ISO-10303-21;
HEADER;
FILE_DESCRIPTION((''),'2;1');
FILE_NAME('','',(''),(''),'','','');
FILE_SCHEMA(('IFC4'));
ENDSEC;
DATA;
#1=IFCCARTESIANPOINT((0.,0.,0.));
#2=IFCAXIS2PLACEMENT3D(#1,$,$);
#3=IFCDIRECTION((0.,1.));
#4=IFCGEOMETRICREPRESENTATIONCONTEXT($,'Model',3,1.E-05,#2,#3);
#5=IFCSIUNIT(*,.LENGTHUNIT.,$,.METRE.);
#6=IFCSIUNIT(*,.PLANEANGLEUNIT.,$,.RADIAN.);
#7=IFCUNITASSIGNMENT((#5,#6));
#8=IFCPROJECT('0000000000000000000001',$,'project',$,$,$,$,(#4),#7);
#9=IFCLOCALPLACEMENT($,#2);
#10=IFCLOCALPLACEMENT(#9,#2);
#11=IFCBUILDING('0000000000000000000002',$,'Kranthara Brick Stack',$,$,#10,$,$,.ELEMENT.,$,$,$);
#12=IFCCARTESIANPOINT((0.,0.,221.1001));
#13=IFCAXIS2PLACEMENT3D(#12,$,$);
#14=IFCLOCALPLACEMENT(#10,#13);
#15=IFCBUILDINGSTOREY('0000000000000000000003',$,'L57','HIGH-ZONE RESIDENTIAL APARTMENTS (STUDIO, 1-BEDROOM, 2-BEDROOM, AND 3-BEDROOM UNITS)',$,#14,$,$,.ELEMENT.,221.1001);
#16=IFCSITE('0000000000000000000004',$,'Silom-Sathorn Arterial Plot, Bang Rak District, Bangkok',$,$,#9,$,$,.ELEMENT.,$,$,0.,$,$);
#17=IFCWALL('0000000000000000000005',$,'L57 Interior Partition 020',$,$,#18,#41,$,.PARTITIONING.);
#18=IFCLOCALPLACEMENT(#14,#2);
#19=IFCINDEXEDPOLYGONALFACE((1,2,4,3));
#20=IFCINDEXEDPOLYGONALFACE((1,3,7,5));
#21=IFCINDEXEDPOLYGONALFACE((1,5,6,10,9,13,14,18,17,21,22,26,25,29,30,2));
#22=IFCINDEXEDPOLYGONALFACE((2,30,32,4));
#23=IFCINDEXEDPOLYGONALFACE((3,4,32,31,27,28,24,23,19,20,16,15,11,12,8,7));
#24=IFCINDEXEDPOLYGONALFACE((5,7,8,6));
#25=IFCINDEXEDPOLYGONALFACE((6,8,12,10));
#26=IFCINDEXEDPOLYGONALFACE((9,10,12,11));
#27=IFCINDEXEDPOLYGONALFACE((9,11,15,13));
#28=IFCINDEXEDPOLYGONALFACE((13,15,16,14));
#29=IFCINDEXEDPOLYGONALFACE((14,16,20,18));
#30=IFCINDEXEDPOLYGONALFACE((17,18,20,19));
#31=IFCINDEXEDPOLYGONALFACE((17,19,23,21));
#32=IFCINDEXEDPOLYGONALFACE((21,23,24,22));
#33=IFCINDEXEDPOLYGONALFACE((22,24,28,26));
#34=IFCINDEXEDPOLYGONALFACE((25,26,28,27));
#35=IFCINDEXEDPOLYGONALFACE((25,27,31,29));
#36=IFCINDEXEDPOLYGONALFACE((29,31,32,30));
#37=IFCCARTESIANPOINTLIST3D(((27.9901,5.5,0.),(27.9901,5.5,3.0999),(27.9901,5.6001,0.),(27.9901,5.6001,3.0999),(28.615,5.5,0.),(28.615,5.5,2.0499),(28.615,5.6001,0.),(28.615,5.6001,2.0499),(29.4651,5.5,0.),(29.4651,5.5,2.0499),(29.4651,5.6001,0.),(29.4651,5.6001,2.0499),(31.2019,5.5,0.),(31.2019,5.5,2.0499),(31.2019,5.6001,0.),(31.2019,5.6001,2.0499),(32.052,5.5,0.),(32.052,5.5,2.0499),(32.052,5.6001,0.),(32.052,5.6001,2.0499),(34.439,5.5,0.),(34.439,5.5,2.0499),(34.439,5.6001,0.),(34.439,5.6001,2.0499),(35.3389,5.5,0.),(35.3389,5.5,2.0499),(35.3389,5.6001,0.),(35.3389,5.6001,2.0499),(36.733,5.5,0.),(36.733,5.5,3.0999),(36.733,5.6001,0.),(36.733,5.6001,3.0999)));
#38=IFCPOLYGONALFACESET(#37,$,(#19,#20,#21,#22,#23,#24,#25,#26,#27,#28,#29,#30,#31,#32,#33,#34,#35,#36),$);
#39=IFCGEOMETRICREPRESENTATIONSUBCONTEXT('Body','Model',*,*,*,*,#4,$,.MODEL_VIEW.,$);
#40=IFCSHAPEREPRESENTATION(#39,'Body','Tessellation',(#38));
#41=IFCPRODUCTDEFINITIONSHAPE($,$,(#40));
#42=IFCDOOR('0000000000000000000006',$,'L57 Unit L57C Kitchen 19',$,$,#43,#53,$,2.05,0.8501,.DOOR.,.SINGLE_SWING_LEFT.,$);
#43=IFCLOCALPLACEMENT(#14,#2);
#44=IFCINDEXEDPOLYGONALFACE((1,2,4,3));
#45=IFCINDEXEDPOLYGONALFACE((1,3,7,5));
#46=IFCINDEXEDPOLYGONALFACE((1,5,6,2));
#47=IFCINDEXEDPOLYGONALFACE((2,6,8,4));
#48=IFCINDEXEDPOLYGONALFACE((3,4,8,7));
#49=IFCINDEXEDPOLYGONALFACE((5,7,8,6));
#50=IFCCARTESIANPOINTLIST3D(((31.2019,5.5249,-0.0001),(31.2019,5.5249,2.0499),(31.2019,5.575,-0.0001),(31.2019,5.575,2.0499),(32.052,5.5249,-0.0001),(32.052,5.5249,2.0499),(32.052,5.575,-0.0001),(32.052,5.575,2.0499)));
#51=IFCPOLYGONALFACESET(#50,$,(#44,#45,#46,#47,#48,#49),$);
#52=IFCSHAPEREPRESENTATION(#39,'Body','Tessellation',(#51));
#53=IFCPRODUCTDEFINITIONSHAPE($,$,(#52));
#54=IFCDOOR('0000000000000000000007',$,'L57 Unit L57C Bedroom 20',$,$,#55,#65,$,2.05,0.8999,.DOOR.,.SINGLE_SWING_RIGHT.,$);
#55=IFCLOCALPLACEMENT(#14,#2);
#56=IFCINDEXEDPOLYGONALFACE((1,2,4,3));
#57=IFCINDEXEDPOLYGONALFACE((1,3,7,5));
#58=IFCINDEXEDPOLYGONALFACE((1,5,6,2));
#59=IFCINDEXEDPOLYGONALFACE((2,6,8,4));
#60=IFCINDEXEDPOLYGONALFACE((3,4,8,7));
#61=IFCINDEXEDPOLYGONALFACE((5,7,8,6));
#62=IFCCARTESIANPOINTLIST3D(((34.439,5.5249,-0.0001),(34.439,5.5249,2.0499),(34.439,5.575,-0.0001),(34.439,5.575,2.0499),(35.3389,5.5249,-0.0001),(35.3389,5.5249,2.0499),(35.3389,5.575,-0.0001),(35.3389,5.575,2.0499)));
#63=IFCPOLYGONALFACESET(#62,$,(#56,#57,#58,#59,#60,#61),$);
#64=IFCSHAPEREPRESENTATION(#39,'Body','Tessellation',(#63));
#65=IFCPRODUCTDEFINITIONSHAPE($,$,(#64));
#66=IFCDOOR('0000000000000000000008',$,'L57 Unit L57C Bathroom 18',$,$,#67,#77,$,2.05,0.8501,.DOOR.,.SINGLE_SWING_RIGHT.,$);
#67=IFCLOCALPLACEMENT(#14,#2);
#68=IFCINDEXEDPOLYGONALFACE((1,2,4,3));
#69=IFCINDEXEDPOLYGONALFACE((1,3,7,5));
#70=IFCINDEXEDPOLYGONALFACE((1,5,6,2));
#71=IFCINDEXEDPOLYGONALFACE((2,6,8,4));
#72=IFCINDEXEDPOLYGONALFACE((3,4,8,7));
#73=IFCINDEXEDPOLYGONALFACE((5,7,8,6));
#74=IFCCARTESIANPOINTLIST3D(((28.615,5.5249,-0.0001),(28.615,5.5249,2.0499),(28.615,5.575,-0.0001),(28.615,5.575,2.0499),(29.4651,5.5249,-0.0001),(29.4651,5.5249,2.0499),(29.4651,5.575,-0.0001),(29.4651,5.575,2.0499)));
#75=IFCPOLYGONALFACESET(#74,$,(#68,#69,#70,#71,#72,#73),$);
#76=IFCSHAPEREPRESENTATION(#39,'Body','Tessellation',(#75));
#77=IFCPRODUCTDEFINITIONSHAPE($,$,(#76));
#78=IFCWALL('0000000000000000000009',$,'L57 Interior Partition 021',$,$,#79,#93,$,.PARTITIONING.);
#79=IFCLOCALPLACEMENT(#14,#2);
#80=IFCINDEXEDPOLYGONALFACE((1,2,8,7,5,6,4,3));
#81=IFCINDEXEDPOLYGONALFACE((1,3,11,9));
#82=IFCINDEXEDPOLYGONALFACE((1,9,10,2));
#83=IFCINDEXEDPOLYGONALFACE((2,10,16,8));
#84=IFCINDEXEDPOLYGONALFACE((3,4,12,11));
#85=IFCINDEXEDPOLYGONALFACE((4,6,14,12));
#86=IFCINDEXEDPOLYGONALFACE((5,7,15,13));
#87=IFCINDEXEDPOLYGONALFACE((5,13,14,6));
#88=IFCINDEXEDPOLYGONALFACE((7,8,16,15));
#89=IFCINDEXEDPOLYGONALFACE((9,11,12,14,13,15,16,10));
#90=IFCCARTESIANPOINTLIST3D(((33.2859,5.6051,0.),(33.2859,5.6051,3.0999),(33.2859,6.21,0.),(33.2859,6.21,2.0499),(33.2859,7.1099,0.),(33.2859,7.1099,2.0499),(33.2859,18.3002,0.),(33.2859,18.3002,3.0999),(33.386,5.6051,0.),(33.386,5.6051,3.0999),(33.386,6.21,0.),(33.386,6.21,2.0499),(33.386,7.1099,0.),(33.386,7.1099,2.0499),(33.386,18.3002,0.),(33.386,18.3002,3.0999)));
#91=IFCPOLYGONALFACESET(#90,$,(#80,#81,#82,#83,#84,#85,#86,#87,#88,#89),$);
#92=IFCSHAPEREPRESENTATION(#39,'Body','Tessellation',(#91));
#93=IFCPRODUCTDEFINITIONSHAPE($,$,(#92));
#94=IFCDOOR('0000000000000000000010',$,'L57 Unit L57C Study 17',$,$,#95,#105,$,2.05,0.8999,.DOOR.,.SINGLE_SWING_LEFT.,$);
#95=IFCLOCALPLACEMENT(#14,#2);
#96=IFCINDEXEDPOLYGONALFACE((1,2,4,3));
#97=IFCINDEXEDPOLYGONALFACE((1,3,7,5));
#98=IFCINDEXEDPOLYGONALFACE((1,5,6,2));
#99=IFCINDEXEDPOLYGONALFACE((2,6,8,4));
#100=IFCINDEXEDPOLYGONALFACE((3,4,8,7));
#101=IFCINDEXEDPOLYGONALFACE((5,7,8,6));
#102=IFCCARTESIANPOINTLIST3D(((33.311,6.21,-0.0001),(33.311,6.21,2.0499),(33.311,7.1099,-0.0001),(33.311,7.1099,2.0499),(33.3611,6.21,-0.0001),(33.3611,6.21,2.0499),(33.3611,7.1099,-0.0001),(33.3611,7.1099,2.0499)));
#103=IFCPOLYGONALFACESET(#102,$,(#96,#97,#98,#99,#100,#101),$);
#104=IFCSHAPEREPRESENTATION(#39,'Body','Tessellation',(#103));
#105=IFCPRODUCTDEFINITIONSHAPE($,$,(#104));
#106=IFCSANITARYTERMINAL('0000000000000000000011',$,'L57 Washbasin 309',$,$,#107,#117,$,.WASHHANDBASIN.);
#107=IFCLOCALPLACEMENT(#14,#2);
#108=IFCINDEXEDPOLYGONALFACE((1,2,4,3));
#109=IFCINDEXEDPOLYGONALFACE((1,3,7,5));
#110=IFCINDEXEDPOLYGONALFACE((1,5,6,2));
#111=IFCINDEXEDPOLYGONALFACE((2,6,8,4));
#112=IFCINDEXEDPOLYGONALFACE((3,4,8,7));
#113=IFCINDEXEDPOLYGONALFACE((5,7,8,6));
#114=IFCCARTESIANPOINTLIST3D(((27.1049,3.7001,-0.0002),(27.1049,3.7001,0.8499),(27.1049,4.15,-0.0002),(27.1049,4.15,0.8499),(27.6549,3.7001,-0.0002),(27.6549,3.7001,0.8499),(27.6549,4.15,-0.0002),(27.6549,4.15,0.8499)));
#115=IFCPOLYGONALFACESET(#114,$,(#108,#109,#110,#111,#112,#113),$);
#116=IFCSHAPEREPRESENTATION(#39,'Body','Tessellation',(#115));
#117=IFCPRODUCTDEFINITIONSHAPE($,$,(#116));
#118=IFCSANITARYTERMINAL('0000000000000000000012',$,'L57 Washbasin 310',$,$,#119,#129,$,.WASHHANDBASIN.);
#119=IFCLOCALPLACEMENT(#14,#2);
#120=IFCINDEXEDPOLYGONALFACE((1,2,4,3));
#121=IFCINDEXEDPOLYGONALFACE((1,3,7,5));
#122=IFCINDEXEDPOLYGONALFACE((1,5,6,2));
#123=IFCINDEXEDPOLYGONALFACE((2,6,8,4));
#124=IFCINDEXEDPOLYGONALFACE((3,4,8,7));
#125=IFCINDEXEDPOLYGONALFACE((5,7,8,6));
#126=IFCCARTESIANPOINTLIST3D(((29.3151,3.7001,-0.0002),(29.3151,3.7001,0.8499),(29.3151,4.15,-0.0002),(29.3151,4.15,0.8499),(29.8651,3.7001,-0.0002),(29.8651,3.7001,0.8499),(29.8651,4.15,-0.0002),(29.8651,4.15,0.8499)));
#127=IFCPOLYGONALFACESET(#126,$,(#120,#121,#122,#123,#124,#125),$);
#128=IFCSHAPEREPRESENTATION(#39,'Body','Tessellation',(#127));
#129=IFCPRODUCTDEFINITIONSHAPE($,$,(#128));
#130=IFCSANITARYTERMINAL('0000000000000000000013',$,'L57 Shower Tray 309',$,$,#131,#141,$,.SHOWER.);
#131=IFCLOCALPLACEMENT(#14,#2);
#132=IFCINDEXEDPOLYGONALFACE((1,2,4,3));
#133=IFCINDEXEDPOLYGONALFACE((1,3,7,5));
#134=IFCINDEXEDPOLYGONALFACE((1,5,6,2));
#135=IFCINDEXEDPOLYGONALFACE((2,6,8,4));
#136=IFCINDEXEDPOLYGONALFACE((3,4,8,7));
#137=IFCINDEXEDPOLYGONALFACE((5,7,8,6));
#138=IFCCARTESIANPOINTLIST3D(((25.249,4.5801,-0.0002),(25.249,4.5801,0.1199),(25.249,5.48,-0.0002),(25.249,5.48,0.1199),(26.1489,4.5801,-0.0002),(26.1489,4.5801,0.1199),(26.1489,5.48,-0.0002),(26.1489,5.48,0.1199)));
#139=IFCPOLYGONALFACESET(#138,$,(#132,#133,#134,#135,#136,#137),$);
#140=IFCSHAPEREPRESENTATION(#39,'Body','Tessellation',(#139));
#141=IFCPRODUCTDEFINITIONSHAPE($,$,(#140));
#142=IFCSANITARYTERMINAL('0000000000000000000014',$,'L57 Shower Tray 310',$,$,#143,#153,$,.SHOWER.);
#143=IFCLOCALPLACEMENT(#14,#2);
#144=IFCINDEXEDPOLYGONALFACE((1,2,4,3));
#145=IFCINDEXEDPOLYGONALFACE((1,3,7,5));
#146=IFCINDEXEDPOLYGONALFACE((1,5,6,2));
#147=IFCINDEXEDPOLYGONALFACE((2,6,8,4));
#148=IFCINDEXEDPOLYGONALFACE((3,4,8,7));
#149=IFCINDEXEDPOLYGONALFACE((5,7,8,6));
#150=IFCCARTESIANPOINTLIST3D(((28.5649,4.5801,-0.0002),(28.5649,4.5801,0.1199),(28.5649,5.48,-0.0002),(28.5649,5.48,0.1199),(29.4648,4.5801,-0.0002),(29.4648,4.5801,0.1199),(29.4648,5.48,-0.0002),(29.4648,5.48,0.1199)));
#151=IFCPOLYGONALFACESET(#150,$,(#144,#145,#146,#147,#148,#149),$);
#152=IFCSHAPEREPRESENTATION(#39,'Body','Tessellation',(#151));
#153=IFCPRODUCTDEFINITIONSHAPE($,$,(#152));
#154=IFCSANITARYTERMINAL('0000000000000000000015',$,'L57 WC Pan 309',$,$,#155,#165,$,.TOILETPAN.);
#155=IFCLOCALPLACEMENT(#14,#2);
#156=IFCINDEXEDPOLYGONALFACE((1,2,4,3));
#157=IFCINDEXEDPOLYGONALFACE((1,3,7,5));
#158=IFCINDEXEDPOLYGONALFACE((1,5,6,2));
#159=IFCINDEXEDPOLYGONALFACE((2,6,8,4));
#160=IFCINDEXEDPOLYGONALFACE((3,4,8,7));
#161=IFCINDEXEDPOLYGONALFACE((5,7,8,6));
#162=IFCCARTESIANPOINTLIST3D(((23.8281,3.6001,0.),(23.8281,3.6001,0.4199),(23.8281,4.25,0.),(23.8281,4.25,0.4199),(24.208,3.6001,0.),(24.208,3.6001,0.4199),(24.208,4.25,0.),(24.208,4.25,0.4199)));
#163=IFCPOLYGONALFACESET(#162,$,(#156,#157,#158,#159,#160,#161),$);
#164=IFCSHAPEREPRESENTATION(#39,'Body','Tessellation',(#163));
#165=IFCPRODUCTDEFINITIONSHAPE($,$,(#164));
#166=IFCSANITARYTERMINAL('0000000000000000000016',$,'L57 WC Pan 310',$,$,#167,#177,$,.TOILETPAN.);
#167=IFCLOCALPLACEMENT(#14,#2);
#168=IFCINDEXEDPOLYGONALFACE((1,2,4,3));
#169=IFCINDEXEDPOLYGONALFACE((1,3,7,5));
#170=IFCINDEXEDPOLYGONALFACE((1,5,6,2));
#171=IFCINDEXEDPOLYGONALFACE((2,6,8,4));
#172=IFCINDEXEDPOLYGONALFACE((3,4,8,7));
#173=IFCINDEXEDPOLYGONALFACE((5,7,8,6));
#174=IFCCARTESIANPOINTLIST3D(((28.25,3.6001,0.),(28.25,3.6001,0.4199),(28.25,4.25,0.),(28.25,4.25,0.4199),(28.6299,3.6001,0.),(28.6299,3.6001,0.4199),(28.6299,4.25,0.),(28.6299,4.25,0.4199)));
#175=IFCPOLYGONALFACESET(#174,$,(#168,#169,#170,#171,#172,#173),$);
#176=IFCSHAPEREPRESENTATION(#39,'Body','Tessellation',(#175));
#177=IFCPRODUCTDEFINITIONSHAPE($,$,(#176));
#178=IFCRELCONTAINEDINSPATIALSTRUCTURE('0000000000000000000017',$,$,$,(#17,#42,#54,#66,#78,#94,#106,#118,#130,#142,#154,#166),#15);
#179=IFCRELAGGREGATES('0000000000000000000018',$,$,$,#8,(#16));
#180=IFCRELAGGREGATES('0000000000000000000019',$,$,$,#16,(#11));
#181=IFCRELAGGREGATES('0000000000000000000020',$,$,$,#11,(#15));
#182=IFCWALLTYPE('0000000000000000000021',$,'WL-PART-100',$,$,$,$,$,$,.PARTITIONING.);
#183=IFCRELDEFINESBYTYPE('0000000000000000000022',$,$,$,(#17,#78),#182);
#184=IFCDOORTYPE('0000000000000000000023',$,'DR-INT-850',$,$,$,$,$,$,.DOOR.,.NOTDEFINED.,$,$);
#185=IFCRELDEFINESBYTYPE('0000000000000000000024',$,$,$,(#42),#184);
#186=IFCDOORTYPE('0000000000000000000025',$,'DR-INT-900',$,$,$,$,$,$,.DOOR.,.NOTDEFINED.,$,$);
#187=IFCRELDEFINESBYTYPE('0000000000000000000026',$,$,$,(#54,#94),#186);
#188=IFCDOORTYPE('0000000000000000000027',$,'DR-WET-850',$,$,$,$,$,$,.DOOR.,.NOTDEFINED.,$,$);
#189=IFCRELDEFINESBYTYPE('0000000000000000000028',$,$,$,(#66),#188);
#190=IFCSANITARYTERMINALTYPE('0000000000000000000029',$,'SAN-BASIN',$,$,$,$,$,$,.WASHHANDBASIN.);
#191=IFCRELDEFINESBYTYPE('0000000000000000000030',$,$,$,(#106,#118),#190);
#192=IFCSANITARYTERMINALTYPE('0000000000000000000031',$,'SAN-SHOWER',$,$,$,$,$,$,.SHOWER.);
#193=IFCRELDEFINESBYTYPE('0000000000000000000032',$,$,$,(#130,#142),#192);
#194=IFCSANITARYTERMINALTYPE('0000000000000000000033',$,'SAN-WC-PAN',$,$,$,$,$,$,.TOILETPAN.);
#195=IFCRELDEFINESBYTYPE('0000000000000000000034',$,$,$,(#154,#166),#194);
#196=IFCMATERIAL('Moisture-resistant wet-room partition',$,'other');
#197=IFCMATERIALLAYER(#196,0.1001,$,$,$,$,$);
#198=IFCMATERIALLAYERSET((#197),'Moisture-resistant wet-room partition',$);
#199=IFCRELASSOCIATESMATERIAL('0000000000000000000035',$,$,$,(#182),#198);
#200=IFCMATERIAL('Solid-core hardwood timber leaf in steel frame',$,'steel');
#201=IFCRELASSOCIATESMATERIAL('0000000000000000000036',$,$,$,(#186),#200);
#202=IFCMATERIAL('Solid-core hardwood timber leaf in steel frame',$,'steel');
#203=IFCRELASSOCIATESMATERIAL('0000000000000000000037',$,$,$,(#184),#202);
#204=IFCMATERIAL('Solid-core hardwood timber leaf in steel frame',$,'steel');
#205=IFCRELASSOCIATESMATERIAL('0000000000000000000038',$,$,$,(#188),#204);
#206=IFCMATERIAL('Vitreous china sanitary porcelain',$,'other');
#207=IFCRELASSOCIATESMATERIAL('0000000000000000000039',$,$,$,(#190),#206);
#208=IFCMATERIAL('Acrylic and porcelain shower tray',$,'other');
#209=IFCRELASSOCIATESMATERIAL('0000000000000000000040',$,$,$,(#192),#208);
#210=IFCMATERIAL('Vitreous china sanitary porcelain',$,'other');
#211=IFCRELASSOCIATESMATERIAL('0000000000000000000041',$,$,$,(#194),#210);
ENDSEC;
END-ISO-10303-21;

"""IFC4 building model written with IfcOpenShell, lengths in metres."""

from ifc_helpers import new_model, si_unit, direction, frame, frame_2d, origin, origin_2d, place, context, subcontext, project, spatial, rectangle, extrude, material, layer, layer_set, type_object, element, fill, save


model = new_model("IFC4")

# Units and contexts
model_context = context("Model", 3, precision=1e-05, world=origin(), true_north=direction((0.0, 1.0)))
body_context = subcontext(model_context, "Body", "Model", "MODEL_VIEW")
ifc_project = project(units=[si_unit("LENGTHUNIT", "METRE"), si_unit("PLANEANGLEUNIT", "RADIAN")], contexts=[model_context])

# Site, building, storey
site_placement = place(None, origin())
site = spatial("IfcSite", under=ifc_project, at=site_placement, Name="Silom-Sathorn Arterial Plot, Bang Rak District, Bangkok", CompositionType="ELEMENT", RefElevation=0.0)
building_placement = place(site_placement, origin())
building = spatial("IfcBuilding", under=site, at=building_placement, Name="Kranthara Brick Stack", CompositionType="ELEMENT")
storey_placement = place(building_placement, frame((0.0, 0.0, 221.1001)))
storey = spatial("IfcBuildingStorey", under=building, at=storey_placement, Name="L57", Description="HIGH-ZONE RESIDENTIAL APARTMENTS (STUDIO, 1-BEDROOM, 2-BEDROOM, AND 3-BEDROOM UNITS)", CompositionType="ELEMENT", Elevation=221.1001)

# Shared definitions
ifc_material_1 = material(Name="Moisture-resistant wet-room partition", Category="other")
ifc_layer = layer(ifc_material_1, 0.1001)
ifc_layer_set = layer_set([ifc_layer], Name="Moisture-resistant wet-room partition")
wall_type = type_object("IfcWallType", Name="WL-PART-100", PredefinedType="PARTITIONING", material=ifc_layer_set)
ifc_material_2 = material(Name="Solid-core hardwood timber leaf in steel frame", Category="steel")
door_type_1 = type_object("IfcDoorType", Name="DR-INT-900", OperationType="NOTDEFINED", PredefinedType="DOOR", material=ifc_material_2)

# Wall, openings, doors
wall_1_placement = place(storey_placement, frame((27.99, 5.55, 0.0), z_axis=(0.0, 0.0, 1.0), x_axis=(1.0, 0.0, 0.0)))
wall_1 = element("IfcWall", 1, at=wall_1_placement, inside=storey, type_object=wall_type, Name="L57 Interior Partition 020", PredefinedType="PARTITIONING", context=body_context, shape_type="SweptSolid", body=[
    extrude(rectangle(XDim=8.7429, YDim=0.1001, at=frame_2d((4.3716, 0.0))), origin(), (0.0, 0.0, 1.0), 3.0999),
])
opening_1_placement = place(wall_1_placement, frame((0.625, 0.0, 0.0)))
opening_1 = element("IfcOpeningElement", 2, at=opening_1_placement, cuts=wall_1, PredefinedType="OPENING", context=body_context, shape_type="SweptSolid", body=[
    extrude(rectangle(XDim=0.8501, YDim=2.05, at=frame_2d((0.425, 1.0249))), frame((0.0, 0.0601, 0.0), z_axis=(0.0, -1.0, 0.0), x_axis=(1.0, 0.0, 0.0)), (0.0, 0.0, 1.0), 0.1201),
])
opening_2_placement = place(wall_1_placement, frame((3.2119, 0.0, 0.0)))
opening_2 = element("IfcOpeningElement", 3, at=opening_2_placement, cuts=wall_1, PredefinedType="OPENING", context=body_context, shape_type="SweptSolid", body=[
    extrude(rectangle(XDim=0.8501, YDim=2.05, at=frame_2d((0.425, 1.0249))), frame((0.0, 0.0601, 0.0), z_axis=(0.0, -1.0, 0.0), x_axis=(1.0, 0.0, 0.0)), (0.0, 0.0, 1.0), 0.1201),
])
opening_3_placement = place(wall_1_placement, frame((6.449, 0.0, 0.0)))
opening_3 = element("IfcOpeningElement", 4, at=opening_3_placement, cuts=wall_1, PredefinedType="OPENING", context=body_context, shape_type="SweptSolid", body=[
    extrude(rectangle(XDim=0.8999, YDim=2.05, at=frame_2d((0.45, 1.0249))), frame((0.0, 0.0601, 0.0), z_axis=(0.0, -1.0, 0.0), x_axis=(1.0, 0.0, 0.0)), (0.0, 0.0, 1.0), 0.1201),
])
ifc_material_3 = material(Name="Solid-core hardwood timber leaf in steel frame", Category="steel")
door_type_2 = type_object("IfcDoorType", Name="DR-INT-850", OperationType="NOTDEFINED", PredefinedType="DOOR", material=ifc_material_3)
door_1_placement = place(opening_2_placement, origin())
door_1 = element("IfcDoor", 5, at=door_1_placement, inside=storey, type_object=door_type_2, Name="L57 Unit L57C Kitchen 19", OperationType="SINGLE_SWING_LEFT", OverallHeight=2.05, OverallWidth=0.8501, PredefinedType="DOOR", context=body_context, shape_type="SweptSolid", body=[
    extrude(rectangle(XDim=0.8501, YDim=2.05, at=frame_2d((0.425, 1.0249))), frame((0.0, 0.0249, 0.0), z_axis=(0.0, -1.0, 0.0), x_axis=(1.0, 0.0, 0.0)), (0.0, 0.0, 1.0), 0.05),
])
fill(opening_2, door_1)
door_2_placement = place(opening_3_placement, origin())
door_2 = element("IfcDoor", 6, at=door_2_placement, inside=storey, type_object=door_type_1, Name="L57 Unit L57C Bedroom 20", OperationType="SINGLE_SWING_RIGHT", OverallHeight=2.05, OverallWidth=0.8999, PredefinedType="DOOR", context=body_context, shape_type="SweptSolid", body=[
    extrude(rectangle(XDim=0.8999, YDim=2.05, at=frame_2d((0.45, 1.0249))), frame((0.0, 0.0249, 0.0), z_axis=(0.0, -1.0, 0.0), x_axis=(1.0, 0.0, 0.0)), (0.0, 0.0, 1.0), 0.05),
])
fill(opening_3, door_2)
ifc_material_4 = material(Name="Solid-core hardwood timber leaf in steel frame", Category="steel")
door_type_3 = type_object("IfcDoorType", Name="DR-WET-850", OperationType="NOTDEFINED", PredefinedType="DOOR", material=ifc_material_4)
door_3_placement = place(opening_1_placement, origin())
door_3 = element("IfcDoor", 7, at=door_3_placement, inside=storey, type_object=door_type_3, Name="L57 Unit L57C Bathroom 18", OperationType="SINGLE_SWING_RIGHT", OverallHeight=2.05, OverallWidth=0.8501, PredefinedType="DOOR", context=body_context, shape_type="SweptSolid", body=[
    extrude(rectangle(XDim=0.8501, YDim=2.05, at=frame_2d((0.425, 1.0249))), frame((0.0, 0.0249, 0.0), z_axis=(0.0, -1.0, 0.0), x_axis=(1.0, 0.0, 0.0)), (0.0, 0.0, 1.0), 0.05),
])
fill(opening_1, door_3)

# Wall, opening, door
wall_2_placement = place(storey_placement, frame((33.3359, 5.605, 0.0), z_axis=(0.0, 0.0, 1.0), x_axis=(0.0, 1.0, 0.0)))
wall_2 = element("IfcWall", 8, at=wall_2_placement, inside=storey, type_object=wall_type, Name="L57 Interior Partition 021", PredefinedType="PARTITIONING", context=body_context, shape_type="SweptSolid", body=[
    extrude(rectangle(XDim=12.6951, YDim=0.1001, at=frame_2d((6.3477, 0.0))), origin(), (0.0, 0.0, 1.0), 3.0999),
])
opening_4_placement = place(wall_2_placement, frame((0.605, 0.0, 0.0)))
opening_4 = element("IfcOpeningElement", 9, at=opening_4_placement, cuts=wall_2, PredefinedType="OPENING", context=body_context, shape_type="SweptSolid", body=[
    extrude(rectangle(XDim=0.8999, YDim=2.05, at=frame_2d((0.45, 1.0249))), frame((0.0, 0.0601, 0.0), z_axis=(0.0, -1.0, 0.0), x_axis=(1.0, 0.0, 0.0)), (0.0, 0.0, 1.0), 0.1201),
])
door_4_placement = place(opening_4_placement, origin())
door_4 = element("IfcDoor", 10, at=door_4_placement, inside=storey, type_object=door_type_1, Name="L57 Unit L57C Study 17", OperationType="SINGLE_SWING_LEFT", OverallHeight=2.05, OverallWidth=0.8999, PredefinedType="DOOR", context=body_context, shape_type="SweptSolid", body=[
    extrude(rectangle(XDim=0.8999, YDim=2.05, at=frame_2d((0.45, 1.0249))), frame((0.0, 0.0249, 0.0), z_axis=(0.0, -1.0, 0.0), x_axis=(1.0, 0.0, 0.0)), (0.0, 0.0, 1.0), 0.05),
])
fill(opening_4, door_4)

# Sanitary terminals
ifc_material_5 = material(Name="Vitreous china sanitary porcelain", Category="other")
sanitary_terminal_type_1 = type_object("IfcSanitaryTerminalType", Name="SAN-BASIN", PredefinedType="WASHHANDBASIN", material=ifc_material_5)
for number, where, z_axis, x_axis, name in (
    (11, (27.3799, 3.925, -0.0002), (0.0, 0.0, 1.0), (1.0, 0.0, 0.0), "L57 Washbasin 309"),
    (12, (29.5901, 3.925, -0.0002), (0.0, 0.0, 1.0), (1.0, 0.0, 0.0), "L57 Washbasin 310"),
):
    element("IfcSanitaryTerminal", number, at=place(storey_placement, frame(where, z_axis=z_axis, x_axis=x_axis)), inside=storey, type_object=sanitary_terminal_type_1, Name=name, PredefinedType="WASHHANDBASIN", context=body_context, shape_type="SweptSolid", body=[
        extrude(rectangle(XDim=0.55, YDim=0.45, at=origin_2d()), origin(), (0.0, 0.0, 1.0), 0.8501),
    ])
ifc_material_6 = material(Name="Acrylic and porcelain shower tray", Category="other")
sanitary_terminal_type_2 = type_object("IfcSanitaryTerminalType", Name="SAN-SHOWER", PredefinedType="SHOWER", material=ifc_material_6)
for number, where, z_axis, x_axis, name in (
    (13, (25.699, 5.03, -0.0002), (0.0, 0.0, 1.0), (1.0, 0.0, 0.0), "L57 Shower Tray 309"),
    (14, (29.0149, 5.03, -0.0002), (0.0, 0.0, 1.0), (1.0, 0.0, 0.0), "L57 Shower Tray 310"),
):
    element("IfcSanitaryTerminal", number, at=place(storey_placement, frame(where, z_axis=z_axis, x_axis=x_axis)), inside=storey, type_object=sanitary_terminal_type_2, Name=name, PredefinedType="SHOWER", context=body_context, shape_type="SweptSolid", body=[
        extrude(rectangle(XDim=0.8999, YDim=0.8999, at=origin_2d()), origin(), (0.0, 0.0, 1.0), 0.1201),
    ])
ifc_material_7 = material(Name="Vitreous china sanitary porcelain", Category="other")
sanitary_terminal_type_3 = type_object("IfcSanitaryTerminalType", Name="SAN-WC-PAN", PredefinedType="TOILETPAN", material=ifc_material_7)
for number, where, z_axis, x_axis, name in (
    (15, (24.0181, 3.925, 0.0), (0.0, 0.0, 1.0), (1.0, 0.0, 0.0), "L57 WC Pan 309"),
    (16, (28.4399, 3.925, 0.0), (0.0, 0.0, 1.0), (1.0, 0.0, 0.0), "L57 WC Pan 310"),
):
    element("IfcSanitaryTerminal", number, at=place(storey_placement, frame(where, z_axis=z_axis, x_axis=x_axis)), inside=storey, type_object=sanitary_terminal_type_3, Name=name, PredefinedType="TOILETPAN", context=body_context, shape_type="SweptSolid", body=[
        extrude(rectangle(XDim=0.3799, YDim=0.6499, at=origin_2d()), origin(), (0.0, 0.0, 1.0), 0.4199),
    ])

save(model, "model.ifc")
